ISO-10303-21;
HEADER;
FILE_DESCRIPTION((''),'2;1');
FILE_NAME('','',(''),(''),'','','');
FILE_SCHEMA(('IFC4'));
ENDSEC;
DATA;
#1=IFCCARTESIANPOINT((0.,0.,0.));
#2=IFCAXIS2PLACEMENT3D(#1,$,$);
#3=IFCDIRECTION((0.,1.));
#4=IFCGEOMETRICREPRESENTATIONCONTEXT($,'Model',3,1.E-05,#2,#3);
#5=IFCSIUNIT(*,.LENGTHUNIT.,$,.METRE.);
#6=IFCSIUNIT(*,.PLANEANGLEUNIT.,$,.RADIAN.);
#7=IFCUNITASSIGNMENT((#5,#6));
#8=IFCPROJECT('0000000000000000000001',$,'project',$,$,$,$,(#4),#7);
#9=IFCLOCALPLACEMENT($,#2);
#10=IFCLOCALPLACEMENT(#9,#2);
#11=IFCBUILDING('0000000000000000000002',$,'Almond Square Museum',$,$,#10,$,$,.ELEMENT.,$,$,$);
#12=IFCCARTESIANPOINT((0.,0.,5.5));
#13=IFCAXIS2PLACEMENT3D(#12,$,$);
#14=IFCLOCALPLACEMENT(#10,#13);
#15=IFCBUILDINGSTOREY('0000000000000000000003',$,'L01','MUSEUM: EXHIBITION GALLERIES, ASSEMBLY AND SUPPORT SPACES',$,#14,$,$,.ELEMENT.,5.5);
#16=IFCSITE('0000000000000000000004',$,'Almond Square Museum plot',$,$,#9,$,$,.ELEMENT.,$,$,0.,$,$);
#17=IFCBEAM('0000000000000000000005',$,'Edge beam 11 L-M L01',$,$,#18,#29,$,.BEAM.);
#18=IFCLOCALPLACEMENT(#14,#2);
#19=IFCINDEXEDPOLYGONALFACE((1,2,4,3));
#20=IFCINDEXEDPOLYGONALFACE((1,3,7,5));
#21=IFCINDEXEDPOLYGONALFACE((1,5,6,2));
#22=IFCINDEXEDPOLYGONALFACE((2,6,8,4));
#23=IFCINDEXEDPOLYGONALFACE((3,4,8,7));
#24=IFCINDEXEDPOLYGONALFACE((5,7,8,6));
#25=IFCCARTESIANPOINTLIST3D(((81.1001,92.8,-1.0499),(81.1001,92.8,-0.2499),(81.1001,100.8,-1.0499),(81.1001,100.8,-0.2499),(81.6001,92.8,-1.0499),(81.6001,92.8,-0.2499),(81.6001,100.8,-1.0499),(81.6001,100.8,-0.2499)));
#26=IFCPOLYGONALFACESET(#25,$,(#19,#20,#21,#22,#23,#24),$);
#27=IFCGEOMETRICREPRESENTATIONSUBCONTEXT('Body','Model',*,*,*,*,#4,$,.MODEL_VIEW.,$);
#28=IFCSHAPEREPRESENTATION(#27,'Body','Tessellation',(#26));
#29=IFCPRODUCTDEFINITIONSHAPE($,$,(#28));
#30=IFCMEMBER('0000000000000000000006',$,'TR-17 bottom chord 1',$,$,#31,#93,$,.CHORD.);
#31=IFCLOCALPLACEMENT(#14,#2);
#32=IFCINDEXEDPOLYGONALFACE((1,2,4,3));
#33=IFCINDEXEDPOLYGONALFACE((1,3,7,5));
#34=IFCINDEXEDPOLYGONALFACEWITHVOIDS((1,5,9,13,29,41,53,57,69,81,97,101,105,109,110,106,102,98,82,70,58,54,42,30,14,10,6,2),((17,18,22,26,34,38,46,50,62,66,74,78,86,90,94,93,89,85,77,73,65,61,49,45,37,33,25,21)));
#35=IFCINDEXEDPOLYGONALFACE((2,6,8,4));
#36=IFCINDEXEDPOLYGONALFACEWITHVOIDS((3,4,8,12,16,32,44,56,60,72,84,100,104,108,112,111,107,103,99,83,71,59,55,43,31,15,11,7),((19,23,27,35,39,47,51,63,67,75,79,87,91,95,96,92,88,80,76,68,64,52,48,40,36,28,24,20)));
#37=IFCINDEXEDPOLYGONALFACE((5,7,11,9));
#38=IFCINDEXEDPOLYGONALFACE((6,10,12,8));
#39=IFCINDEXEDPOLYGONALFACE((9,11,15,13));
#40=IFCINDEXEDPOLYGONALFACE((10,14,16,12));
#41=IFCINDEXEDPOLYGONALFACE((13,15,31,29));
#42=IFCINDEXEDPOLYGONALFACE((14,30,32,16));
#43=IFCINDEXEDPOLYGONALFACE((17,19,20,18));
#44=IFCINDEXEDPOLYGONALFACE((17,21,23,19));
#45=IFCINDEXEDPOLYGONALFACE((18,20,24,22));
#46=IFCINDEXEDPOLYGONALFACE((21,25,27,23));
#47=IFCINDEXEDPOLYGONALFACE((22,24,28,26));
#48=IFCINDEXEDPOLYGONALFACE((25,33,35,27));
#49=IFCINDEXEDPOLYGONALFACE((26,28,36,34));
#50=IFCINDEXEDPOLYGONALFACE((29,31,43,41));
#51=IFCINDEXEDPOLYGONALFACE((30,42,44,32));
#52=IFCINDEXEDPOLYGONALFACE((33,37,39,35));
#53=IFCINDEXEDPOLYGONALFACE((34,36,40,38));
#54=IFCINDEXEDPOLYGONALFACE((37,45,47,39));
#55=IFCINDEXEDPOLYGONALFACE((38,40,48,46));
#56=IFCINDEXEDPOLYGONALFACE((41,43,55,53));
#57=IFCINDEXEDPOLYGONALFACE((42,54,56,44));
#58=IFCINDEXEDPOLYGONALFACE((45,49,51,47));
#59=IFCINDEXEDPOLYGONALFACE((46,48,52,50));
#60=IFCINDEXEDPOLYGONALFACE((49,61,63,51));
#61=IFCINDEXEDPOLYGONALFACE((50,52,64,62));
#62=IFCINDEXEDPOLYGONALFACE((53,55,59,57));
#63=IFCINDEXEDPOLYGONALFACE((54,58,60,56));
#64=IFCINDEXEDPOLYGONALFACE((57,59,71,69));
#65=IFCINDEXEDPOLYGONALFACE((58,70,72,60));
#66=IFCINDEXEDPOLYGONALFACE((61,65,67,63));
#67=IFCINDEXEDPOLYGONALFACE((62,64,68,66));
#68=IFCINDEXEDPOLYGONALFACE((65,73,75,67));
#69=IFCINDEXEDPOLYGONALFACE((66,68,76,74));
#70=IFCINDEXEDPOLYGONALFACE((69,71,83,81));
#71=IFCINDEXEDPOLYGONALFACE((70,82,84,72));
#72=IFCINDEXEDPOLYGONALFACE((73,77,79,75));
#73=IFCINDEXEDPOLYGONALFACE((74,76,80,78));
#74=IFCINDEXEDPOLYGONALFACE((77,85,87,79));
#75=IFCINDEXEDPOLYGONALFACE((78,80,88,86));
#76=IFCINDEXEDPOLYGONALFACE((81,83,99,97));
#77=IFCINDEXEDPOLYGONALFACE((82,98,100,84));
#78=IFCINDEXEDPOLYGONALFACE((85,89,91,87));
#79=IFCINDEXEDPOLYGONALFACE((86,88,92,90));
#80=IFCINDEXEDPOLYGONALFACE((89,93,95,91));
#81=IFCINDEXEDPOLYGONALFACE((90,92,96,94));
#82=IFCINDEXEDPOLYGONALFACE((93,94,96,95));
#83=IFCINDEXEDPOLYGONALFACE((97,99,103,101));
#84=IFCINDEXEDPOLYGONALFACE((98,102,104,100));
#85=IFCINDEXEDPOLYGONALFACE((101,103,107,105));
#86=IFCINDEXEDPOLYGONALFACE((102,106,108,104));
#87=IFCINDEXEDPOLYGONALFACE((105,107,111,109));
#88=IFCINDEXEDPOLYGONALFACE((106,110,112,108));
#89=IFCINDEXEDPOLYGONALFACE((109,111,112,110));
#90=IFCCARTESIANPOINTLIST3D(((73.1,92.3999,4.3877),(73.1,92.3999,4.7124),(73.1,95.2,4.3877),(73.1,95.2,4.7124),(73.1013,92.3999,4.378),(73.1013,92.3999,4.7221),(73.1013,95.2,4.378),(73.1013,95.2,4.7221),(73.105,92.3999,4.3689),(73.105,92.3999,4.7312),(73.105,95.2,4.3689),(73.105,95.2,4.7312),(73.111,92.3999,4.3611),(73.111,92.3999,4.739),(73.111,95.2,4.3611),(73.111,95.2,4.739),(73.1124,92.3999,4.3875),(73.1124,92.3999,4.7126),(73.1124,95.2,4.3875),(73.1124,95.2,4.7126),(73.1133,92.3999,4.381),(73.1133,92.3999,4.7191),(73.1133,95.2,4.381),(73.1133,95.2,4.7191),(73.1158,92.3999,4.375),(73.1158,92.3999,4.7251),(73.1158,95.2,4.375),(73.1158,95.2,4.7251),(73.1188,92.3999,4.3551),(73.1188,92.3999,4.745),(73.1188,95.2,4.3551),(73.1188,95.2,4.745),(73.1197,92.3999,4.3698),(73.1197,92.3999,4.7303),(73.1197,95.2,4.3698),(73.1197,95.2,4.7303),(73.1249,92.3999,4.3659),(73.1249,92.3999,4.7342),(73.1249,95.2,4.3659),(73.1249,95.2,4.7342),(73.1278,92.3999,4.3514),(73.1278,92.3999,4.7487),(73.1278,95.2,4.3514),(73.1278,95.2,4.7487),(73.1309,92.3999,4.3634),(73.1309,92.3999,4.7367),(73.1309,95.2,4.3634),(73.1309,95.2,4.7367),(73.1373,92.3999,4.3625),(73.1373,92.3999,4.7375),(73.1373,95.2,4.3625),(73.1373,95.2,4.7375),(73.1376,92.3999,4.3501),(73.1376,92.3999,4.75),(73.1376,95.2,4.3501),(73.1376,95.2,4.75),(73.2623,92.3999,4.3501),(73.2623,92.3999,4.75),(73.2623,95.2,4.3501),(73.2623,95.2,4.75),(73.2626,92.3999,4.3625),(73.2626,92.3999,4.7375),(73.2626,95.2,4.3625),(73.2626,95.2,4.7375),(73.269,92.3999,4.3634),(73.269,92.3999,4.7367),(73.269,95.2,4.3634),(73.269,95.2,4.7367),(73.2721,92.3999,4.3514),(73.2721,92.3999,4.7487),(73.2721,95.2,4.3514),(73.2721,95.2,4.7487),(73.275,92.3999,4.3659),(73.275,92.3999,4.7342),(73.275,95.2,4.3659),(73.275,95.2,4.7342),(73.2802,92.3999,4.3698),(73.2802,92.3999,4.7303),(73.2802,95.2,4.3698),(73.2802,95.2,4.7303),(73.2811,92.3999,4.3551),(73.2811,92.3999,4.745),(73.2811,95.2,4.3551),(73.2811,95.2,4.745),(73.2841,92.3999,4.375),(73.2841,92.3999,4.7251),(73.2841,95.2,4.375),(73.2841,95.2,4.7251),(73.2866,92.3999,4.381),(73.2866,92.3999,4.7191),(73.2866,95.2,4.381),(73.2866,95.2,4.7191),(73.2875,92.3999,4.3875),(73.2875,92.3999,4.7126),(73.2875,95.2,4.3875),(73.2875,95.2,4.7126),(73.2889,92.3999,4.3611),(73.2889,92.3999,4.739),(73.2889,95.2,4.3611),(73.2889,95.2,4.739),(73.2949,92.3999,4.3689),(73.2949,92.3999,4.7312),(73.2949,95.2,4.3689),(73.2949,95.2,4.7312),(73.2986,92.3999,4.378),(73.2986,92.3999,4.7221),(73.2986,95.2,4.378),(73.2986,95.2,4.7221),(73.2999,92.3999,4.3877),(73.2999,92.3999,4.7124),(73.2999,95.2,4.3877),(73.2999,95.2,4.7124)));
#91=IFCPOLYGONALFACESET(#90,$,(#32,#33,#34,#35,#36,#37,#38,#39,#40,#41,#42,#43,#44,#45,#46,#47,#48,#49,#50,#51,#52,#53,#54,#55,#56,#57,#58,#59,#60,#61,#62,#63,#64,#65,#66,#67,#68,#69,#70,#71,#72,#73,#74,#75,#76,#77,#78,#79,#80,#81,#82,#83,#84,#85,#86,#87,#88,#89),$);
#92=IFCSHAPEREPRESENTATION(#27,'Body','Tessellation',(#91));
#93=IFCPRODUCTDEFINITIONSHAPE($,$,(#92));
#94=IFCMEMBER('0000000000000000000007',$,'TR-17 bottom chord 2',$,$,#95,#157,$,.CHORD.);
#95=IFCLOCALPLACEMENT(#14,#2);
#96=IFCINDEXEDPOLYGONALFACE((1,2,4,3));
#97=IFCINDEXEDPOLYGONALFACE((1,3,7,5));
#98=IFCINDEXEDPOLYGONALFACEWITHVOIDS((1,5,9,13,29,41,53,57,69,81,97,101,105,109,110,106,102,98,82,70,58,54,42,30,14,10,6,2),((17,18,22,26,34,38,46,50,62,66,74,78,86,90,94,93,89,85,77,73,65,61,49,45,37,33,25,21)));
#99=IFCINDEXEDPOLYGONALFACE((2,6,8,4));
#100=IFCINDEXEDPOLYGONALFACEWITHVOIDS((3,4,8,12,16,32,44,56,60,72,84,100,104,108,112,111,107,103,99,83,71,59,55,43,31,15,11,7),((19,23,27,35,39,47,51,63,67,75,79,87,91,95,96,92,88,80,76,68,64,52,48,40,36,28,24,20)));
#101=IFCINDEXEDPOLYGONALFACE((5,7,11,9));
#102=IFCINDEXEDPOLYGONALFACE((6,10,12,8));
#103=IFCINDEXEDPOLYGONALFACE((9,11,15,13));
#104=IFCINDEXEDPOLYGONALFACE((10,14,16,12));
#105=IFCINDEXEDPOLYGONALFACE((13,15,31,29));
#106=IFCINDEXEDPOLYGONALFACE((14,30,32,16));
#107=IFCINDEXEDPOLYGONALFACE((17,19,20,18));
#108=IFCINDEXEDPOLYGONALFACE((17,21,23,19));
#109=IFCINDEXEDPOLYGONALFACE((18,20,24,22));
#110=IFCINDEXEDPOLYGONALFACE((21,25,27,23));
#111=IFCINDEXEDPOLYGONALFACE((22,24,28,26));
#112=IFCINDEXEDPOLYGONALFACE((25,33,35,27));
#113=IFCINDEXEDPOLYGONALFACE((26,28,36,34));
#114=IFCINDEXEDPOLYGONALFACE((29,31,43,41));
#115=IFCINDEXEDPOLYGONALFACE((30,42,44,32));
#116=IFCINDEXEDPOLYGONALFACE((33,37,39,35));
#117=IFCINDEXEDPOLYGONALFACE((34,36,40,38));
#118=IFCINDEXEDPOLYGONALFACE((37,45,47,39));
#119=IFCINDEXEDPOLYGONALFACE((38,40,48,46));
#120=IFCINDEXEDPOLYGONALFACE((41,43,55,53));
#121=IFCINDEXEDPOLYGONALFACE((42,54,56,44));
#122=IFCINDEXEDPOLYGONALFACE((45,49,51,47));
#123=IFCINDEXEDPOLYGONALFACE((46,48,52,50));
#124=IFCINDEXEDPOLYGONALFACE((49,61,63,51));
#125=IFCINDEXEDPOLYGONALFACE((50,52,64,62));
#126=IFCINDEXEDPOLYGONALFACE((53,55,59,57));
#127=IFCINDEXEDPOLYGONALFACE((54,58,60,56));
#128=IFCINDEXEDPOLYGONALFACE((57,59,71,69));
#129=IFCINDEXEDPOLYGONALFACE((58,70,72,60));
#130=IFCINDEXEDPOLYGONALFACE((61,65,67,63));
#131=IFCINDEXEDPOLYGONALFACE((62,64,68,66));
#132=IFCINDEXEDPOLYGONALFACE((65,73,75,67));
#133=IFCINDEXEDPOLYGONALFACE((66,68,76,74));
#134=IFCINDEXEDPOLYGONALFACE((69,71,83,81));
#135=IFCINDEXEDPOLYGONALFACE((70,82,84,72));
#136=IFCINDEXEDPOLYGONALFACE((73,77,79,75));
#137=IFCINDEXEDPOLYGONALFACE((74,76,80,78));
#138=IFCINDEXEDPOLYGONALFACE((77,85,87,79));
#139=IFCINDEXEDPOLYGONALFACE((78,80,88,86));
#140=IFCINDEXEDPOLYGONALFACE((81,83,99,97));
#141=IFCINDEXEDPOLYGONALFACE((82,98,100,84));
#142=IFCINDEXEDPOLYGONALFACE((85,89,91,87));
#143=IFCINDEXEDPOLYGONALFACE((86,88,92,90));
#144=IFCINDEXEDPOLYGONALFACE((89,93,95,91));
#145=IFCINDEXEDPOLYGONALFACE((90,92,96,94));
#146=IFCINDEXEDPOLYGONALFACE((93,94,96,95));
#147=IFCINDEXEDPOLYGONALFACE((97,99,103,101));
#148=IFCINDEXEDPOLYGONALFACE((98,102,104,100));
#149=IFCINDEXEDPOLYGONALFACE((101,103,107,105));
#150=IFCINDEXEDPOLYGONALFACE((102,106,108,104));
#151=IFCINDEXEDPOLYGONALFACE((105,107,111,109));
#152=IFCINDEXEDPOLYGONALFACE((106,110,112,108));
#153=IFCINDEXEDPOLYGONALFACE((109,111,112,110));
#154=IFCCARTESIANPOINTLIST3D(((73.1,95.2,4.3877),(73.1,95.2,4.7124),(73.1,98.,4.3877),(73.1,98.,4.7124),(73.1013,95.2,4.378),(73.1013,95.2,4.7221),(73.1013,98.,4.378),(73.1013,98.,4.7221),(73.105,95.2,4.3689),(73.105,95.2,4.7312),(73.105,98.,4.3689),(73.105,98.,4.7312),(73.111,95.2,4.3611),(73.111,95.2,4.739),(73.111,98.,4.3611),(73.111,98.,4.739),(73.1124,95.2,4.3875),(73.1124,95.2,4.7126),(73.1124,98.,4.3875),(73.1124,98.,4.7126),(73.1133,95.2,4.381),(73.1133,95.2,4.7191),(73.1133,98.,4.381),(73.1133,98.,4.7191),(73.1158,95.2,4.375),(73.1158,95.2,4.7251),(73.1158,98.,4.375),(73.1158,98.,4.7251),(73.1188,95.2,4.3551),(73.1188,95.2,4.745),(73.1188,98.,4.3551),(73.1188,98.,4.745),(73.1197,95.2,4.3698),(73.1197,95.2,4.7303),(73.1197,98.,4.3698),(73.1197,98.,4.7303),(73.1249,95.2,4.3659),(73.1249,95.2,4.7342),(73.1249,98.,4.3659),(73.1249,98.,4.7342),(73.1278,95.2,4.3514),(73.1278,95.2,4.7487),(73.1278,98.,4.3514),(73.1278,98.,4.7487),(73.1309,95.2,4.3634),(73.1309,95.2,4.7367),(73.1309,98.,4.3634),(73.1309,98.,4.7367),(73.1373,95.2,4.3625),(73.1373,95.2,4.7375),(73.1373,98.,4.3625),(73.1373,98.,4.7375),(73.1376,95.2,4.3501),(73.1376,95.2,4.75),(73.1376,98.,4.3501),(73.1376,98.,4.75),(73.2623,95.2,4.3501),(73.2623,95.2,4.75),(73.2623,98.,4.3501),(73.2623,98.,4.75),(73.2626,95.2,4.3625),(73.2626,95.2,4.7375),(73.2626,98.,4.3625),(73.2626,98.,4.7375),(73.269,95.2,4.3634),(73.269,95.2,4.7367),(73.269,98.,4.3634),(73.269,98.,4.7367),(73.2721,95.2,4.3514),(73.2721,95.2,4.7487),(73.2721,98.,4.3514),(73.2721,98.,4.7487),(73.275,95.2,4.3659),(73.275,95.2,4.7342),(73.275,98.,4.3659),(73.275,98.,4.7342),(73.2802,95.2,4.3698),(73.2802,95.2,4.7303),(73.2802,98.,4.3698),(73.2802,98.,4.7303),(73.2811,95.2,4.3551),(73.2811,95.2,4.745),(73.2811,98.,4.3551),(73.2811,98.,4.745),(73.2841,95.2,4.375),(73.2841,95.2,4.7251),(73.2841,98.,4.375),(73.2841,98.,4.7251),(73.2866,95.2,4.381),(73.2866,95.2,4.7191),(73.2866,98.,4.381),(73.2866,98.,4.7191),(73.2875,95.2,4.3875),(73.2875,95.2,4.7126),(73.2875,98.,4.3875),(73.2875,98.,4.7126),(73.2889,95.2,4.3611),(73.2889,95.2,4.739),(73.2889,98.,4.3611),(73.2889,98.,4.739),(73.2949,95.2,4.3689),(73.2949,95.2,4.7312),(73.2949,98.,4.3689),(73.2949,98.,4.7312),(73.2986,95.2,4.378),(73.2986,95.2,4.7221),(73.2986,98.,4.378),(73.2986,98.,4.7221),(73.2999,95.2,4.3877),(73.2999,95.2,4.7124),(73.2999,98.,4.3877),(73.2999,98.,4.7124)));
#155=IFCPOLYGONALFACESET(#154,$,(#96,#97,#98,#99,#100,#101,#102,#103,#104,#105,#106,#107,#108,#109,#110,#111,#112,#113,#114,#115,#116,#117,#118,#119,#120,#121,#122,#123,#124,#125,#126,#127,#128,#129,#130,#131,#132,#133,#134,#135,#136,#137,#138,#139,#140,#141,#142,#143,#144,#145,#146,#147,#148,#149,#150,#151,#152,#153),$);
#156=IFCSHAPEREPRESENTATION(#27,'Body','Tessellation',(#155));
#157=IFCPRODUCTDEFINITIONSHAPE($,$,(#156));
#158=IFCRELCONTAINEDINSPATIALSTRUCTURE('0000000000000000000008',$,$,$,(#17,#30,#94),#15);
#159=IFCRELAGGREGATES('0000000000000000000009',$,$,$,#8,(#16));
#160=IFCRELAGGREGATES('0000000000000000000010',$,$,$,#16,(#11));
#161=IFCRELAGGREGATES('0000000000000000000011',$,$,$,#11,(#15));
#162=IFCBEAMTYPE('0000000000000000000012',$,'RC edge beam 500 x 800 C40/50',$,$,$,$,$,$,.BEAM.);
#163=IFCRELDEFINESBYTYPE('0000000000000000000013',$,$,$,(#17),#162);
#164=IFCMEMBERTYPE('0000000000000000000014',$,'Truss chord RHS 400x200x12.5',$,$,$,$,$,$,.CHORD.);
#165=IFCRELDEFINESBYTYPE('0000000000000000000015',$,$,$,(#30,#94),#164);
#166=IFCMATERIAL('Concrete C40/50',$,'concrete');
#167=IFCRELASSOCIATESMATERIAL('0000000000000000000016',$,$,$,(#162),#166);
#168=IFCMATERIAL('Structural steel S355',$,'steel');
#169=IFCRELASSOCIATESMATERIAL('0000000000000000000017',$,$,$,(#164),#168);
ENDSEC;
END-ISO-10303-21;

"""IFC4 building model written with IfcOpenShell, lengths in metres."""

from ifc_helpers import new_model, si_unit, direction, frame, origin, origin_2d, place, context, subcontext, project, spatial, rectangle, hollow_rectangle, extrude, material, material_profile, profile_set, type_object, element, save


model = new_model("IFC4")

# Units and contexts
model_context = context("Model", 3, precision=1e-05, world=origin(), true_north=direction((0.0, 1.0)))
body_context = subcontext(model_context, "Body", "Model", "MODEL_VIEW")
ifc_project = project(units=[si_unit("LENGTHUNIT", "METRE"), si_unit("PLANEANGLEUNIT", "RADIAN")], contexts=[model_context])

# Site, building, storey
site_placement = place(None, origin())
site = spatial("IfcSite", under=ifc_project, at=site_placement, Name="Almond Square Museum plot", CompositionType="ELEMENT", RefElevation=0.0)
building_placement = place(site_placement, origin())
building = spatial("IfcBuilding", under=site, at=building_placement, Name="Almond Square Museum", CompositionType="ELEMENT")
storey_placement = place(building_placement, frame((0.0, 0.0, 5.5)))
storey = spatial("IfcBuildingStorey", under=building, at=storey_placement, Name="L01", Description="MUSEUM: EXHIBITION GALLERIES, ASSEMBLY AND SUPPORT SPACES", CompositionType="ELEMENT", Elevation=5.5)

# Beam
ifc_material_1 = material(Name="Concrete C40/50", Category="concrete")
ifc_material_profile_1 = material_profile(ifc_material_1, rectangle(XDim=0.5, YDim=0.8, at=origin_2d()))
ifc_profile_set_1 = profile_set([ifc_material_profile_1], Name="Concrete C40/50")
beam_type_1 = type_object("IfcBeamType", Name="RC edge beam 500 x 800 C40/50", PredefinedType="BEAM", material=ifc_profile_set_1)
beam_1_placement = place(storey_placement, frame((81.3501, 92.8, -0.6499), z_axis=(0.0, 1.0, 0.0), x_axis=(-1.0, 0.0, 0.0)))
element("IfcBeam", 1, at=beam_1_placement, inside=storey, type_object=beam_type_1, Name="Edge beam 11 L-M L01", PredefinedType="BEAM", context=body_context, shape_type="SweptSolid", body=[
    extrude(rectangle(XDim=0.5, YDim=0.8, at=origin_2d()), origin(), (0.0, 0.0, 1.0), 8.0),
])

# Members
ifc_material_2 = material(Name="Structural steel S355", Category="steel")
ifc_material_profile_2 = material_profile(ifc_material_2, hollow_rectangle(XDim=0.2, YDim=0.3999, WallThickness=0.0125, InnerFilletRadius=0.0249, OuterFilletRadius=0.0376, at=origin_2d()))
ifc_profile_set_2 = profile_set([ifc_material_profile_2], Name="Structural steel S355")
member_type_1 = type_object("IfcMemberType", Name="Truss chord RHS 400x200x12.5", PredefinedType="CHORD", material=ifc_profile_set_2)
for number, where, z_axis, x_axis, name in (
    (2, (73.2, 92.3999, 4.55), (0.0, 1.0, 0.0), (-1.0, 0.0, 0.0), "TR-17 bottom chord 1"),
    (3, (73.2, 95.2, 4.55), (0.0, 1.0, 0.0), (-1.0, 0.0, 0.0), "TR-17 bottom chord 2"),
):
    element("IfcMember", number, at=place(storey_placement, frame(where, z_axis=z_axis, x_axis=x_axis)), inside=storey, type_object=member_type_1, Name=name, PredefinedType="CHORD", context=body_context, shape_type="SweptSolid", body=[
        extrude(hollow_rectangle(XDim=0.2, YDim=0.3999, WallThickness=0.0125, InnerFilletRadius=0.0249, OuterFilletRadius=0.0376, at=origin_2d()), origin(), (0.0, 0.0, 1.0), 2.8),
    ])

save(model, "model.ifc")
